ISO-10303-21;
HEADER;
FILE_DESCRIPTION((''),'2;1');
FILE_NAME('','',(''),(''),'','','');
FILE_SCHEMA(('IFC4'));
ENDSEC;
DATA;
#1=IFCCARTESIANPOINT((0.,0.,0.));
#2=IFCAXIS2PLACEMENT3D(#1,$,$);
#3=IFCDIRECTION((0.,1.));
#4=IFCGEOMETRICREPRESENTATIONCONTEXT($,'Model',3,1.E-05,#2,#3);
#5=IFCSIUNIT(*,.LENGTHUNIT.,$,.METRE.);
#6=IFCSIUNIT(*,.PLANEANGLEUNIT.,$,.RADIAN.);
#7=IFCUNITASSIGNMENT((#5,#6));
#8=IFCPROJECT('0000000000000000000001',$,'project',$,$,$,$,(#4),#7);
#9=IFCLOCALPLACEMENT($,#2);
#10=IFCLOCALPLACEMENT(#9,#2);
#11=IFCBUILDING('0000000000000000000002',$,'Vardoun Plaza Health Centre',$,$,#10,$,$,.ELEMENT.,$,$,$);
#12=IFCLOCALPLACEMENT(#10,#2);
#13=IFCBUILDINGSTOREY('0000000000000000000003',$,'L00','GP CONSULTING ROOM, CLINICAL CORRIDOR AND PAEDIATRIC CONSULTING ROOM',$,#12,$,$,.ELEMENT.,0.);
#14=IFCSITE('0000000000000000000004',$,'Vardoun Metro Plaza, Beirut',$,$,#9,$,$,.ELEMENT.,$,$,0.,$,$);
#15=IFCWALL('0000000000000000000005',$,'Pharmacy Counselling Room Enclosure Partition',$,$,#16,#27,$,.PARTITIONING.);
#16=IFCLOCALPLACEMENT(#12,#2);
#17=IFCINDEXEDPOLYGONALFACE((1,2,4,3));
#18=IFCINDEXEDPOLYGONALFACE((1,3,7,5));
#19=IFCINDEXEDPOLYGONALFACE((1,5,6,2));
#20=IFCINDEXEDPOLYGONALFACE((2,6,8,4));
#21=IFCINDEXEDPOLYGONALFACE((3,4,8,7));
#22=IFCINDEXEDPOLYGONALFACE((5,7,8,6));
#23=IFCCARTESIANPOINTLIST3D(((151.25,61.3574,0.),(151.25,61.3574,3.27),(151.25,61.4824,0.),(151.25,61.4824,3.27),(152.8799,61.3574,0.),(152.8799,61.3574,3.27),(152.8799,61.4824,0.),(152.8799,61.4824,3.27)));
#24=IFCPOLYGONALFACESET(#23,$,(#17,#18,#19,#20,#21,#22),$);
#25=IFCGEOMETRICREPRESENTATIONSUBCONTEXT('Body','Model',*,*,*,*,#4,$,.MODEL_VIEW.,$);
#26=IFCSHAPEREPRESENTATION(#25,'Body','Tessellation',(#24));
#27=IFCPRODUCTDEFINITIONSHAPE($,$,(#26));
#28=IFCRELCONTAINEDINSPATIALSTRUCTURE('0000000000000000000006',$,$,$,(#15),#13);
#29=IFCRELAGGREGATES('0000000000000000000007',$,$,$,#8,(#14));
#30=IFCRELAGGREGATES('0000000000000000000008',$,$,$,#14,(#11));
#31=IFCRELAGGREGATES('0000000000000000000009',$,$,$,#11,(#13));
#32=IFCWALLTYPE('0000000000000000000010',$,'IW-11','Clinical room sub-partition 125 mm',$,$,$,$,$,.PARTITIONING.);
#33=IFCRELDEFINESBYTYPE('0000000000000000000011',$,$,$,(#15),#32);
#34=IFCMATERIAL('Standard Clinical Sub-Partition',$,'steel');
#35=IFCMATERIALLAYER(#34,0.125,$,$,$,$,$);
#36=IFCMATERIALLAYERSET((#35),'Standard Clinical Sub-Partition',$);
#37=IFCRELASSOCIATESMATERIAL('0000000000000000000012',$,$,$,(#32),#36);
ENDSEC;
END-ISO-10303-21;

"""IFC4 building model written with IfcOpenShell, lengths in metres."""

from ifc_helpers import new_model, si_unit, direction, frame, frame_2d, origin, place, context, subcontext, project, spatial, rectangle, extrude, material, layer, layer_set, type_object, element, save


model = new_model("IFC4")

# Units and contexts
model_context = context("Model", 3, precision=1e-05, world=origin(), true_north=direction((0.0, 1.0)))
body_context = subcontext(model_context, "Body", "Model", "MODEL_VIEW")
ifc_project = project(units=[si_unit("LENGTHUNIT", "METRE"), si_unit("PLANEANGLEUNIT", "RADIAN")], contexts=[model_context])

# Site, building, storey
site_placement = place(None, origin())
site = spatial("IfcSite", under=ifc_project, at=site_placement, Name="Vardoun Metro Plaza, Beirut", CompositionType="ELEMENT", RefElevation=0.0)
building_placement = place(site_placement, origin())
building = spatial("IfcBuilding", under=site, at=building_placement, Name="Vardoun Plaza Health Centre", CompositionType="ELEMENT")
storey_placement = place(building_placement, origin())
storey = spatial("IfcBuildingStorey", under=building, at=storey_placement, Name="L00", Description="GP CONSULTING ROOM, CLINICAL CORRIDOR AND PAEDIATRIC CONSULTING ROOM", CompositionType="ELEMENT", Elevation=0.0)

# Wall
ifc_material_1 = material(Name="Standard Clinical Sub-Partition", Category="steel")
ifc_layer_1 = layer(ifc_material_1, 0.125)
ifc_layer_set_1 = layer_set([ifc_layer_1], Name="Standard Clinical Sub-Partition")
wall_type = type_object("IfcWallType", Name="IW-11", Description="Clinical room sub-partition 125 mm", PredefinedType="PARTITIONING", material=ifc_layer_set_1)
wall_placement = place(storey_placement, frame((151.25, 61.4199, 0.0), z_axis=(0.0, 0.0, 1.0), x_axis=(1.0, 0.0, 0.0)))
element("IfcWall", 1, at=wall_placement, inside=storey, type_object=wall_type, Name="Pharmacy Counselling Room Enclosure Partition", PredefinedType="PARTITIONING", context=body_context, shape_type="SweptSolid", body=[
    extrude(rectangle(XDim=1.6299, YDim=0.125, at=frame_2d((0.8149, 0.0))), origin(), (0.0, 0.0, 1.0), 3.27),
])

save(model, "model.ifc")
